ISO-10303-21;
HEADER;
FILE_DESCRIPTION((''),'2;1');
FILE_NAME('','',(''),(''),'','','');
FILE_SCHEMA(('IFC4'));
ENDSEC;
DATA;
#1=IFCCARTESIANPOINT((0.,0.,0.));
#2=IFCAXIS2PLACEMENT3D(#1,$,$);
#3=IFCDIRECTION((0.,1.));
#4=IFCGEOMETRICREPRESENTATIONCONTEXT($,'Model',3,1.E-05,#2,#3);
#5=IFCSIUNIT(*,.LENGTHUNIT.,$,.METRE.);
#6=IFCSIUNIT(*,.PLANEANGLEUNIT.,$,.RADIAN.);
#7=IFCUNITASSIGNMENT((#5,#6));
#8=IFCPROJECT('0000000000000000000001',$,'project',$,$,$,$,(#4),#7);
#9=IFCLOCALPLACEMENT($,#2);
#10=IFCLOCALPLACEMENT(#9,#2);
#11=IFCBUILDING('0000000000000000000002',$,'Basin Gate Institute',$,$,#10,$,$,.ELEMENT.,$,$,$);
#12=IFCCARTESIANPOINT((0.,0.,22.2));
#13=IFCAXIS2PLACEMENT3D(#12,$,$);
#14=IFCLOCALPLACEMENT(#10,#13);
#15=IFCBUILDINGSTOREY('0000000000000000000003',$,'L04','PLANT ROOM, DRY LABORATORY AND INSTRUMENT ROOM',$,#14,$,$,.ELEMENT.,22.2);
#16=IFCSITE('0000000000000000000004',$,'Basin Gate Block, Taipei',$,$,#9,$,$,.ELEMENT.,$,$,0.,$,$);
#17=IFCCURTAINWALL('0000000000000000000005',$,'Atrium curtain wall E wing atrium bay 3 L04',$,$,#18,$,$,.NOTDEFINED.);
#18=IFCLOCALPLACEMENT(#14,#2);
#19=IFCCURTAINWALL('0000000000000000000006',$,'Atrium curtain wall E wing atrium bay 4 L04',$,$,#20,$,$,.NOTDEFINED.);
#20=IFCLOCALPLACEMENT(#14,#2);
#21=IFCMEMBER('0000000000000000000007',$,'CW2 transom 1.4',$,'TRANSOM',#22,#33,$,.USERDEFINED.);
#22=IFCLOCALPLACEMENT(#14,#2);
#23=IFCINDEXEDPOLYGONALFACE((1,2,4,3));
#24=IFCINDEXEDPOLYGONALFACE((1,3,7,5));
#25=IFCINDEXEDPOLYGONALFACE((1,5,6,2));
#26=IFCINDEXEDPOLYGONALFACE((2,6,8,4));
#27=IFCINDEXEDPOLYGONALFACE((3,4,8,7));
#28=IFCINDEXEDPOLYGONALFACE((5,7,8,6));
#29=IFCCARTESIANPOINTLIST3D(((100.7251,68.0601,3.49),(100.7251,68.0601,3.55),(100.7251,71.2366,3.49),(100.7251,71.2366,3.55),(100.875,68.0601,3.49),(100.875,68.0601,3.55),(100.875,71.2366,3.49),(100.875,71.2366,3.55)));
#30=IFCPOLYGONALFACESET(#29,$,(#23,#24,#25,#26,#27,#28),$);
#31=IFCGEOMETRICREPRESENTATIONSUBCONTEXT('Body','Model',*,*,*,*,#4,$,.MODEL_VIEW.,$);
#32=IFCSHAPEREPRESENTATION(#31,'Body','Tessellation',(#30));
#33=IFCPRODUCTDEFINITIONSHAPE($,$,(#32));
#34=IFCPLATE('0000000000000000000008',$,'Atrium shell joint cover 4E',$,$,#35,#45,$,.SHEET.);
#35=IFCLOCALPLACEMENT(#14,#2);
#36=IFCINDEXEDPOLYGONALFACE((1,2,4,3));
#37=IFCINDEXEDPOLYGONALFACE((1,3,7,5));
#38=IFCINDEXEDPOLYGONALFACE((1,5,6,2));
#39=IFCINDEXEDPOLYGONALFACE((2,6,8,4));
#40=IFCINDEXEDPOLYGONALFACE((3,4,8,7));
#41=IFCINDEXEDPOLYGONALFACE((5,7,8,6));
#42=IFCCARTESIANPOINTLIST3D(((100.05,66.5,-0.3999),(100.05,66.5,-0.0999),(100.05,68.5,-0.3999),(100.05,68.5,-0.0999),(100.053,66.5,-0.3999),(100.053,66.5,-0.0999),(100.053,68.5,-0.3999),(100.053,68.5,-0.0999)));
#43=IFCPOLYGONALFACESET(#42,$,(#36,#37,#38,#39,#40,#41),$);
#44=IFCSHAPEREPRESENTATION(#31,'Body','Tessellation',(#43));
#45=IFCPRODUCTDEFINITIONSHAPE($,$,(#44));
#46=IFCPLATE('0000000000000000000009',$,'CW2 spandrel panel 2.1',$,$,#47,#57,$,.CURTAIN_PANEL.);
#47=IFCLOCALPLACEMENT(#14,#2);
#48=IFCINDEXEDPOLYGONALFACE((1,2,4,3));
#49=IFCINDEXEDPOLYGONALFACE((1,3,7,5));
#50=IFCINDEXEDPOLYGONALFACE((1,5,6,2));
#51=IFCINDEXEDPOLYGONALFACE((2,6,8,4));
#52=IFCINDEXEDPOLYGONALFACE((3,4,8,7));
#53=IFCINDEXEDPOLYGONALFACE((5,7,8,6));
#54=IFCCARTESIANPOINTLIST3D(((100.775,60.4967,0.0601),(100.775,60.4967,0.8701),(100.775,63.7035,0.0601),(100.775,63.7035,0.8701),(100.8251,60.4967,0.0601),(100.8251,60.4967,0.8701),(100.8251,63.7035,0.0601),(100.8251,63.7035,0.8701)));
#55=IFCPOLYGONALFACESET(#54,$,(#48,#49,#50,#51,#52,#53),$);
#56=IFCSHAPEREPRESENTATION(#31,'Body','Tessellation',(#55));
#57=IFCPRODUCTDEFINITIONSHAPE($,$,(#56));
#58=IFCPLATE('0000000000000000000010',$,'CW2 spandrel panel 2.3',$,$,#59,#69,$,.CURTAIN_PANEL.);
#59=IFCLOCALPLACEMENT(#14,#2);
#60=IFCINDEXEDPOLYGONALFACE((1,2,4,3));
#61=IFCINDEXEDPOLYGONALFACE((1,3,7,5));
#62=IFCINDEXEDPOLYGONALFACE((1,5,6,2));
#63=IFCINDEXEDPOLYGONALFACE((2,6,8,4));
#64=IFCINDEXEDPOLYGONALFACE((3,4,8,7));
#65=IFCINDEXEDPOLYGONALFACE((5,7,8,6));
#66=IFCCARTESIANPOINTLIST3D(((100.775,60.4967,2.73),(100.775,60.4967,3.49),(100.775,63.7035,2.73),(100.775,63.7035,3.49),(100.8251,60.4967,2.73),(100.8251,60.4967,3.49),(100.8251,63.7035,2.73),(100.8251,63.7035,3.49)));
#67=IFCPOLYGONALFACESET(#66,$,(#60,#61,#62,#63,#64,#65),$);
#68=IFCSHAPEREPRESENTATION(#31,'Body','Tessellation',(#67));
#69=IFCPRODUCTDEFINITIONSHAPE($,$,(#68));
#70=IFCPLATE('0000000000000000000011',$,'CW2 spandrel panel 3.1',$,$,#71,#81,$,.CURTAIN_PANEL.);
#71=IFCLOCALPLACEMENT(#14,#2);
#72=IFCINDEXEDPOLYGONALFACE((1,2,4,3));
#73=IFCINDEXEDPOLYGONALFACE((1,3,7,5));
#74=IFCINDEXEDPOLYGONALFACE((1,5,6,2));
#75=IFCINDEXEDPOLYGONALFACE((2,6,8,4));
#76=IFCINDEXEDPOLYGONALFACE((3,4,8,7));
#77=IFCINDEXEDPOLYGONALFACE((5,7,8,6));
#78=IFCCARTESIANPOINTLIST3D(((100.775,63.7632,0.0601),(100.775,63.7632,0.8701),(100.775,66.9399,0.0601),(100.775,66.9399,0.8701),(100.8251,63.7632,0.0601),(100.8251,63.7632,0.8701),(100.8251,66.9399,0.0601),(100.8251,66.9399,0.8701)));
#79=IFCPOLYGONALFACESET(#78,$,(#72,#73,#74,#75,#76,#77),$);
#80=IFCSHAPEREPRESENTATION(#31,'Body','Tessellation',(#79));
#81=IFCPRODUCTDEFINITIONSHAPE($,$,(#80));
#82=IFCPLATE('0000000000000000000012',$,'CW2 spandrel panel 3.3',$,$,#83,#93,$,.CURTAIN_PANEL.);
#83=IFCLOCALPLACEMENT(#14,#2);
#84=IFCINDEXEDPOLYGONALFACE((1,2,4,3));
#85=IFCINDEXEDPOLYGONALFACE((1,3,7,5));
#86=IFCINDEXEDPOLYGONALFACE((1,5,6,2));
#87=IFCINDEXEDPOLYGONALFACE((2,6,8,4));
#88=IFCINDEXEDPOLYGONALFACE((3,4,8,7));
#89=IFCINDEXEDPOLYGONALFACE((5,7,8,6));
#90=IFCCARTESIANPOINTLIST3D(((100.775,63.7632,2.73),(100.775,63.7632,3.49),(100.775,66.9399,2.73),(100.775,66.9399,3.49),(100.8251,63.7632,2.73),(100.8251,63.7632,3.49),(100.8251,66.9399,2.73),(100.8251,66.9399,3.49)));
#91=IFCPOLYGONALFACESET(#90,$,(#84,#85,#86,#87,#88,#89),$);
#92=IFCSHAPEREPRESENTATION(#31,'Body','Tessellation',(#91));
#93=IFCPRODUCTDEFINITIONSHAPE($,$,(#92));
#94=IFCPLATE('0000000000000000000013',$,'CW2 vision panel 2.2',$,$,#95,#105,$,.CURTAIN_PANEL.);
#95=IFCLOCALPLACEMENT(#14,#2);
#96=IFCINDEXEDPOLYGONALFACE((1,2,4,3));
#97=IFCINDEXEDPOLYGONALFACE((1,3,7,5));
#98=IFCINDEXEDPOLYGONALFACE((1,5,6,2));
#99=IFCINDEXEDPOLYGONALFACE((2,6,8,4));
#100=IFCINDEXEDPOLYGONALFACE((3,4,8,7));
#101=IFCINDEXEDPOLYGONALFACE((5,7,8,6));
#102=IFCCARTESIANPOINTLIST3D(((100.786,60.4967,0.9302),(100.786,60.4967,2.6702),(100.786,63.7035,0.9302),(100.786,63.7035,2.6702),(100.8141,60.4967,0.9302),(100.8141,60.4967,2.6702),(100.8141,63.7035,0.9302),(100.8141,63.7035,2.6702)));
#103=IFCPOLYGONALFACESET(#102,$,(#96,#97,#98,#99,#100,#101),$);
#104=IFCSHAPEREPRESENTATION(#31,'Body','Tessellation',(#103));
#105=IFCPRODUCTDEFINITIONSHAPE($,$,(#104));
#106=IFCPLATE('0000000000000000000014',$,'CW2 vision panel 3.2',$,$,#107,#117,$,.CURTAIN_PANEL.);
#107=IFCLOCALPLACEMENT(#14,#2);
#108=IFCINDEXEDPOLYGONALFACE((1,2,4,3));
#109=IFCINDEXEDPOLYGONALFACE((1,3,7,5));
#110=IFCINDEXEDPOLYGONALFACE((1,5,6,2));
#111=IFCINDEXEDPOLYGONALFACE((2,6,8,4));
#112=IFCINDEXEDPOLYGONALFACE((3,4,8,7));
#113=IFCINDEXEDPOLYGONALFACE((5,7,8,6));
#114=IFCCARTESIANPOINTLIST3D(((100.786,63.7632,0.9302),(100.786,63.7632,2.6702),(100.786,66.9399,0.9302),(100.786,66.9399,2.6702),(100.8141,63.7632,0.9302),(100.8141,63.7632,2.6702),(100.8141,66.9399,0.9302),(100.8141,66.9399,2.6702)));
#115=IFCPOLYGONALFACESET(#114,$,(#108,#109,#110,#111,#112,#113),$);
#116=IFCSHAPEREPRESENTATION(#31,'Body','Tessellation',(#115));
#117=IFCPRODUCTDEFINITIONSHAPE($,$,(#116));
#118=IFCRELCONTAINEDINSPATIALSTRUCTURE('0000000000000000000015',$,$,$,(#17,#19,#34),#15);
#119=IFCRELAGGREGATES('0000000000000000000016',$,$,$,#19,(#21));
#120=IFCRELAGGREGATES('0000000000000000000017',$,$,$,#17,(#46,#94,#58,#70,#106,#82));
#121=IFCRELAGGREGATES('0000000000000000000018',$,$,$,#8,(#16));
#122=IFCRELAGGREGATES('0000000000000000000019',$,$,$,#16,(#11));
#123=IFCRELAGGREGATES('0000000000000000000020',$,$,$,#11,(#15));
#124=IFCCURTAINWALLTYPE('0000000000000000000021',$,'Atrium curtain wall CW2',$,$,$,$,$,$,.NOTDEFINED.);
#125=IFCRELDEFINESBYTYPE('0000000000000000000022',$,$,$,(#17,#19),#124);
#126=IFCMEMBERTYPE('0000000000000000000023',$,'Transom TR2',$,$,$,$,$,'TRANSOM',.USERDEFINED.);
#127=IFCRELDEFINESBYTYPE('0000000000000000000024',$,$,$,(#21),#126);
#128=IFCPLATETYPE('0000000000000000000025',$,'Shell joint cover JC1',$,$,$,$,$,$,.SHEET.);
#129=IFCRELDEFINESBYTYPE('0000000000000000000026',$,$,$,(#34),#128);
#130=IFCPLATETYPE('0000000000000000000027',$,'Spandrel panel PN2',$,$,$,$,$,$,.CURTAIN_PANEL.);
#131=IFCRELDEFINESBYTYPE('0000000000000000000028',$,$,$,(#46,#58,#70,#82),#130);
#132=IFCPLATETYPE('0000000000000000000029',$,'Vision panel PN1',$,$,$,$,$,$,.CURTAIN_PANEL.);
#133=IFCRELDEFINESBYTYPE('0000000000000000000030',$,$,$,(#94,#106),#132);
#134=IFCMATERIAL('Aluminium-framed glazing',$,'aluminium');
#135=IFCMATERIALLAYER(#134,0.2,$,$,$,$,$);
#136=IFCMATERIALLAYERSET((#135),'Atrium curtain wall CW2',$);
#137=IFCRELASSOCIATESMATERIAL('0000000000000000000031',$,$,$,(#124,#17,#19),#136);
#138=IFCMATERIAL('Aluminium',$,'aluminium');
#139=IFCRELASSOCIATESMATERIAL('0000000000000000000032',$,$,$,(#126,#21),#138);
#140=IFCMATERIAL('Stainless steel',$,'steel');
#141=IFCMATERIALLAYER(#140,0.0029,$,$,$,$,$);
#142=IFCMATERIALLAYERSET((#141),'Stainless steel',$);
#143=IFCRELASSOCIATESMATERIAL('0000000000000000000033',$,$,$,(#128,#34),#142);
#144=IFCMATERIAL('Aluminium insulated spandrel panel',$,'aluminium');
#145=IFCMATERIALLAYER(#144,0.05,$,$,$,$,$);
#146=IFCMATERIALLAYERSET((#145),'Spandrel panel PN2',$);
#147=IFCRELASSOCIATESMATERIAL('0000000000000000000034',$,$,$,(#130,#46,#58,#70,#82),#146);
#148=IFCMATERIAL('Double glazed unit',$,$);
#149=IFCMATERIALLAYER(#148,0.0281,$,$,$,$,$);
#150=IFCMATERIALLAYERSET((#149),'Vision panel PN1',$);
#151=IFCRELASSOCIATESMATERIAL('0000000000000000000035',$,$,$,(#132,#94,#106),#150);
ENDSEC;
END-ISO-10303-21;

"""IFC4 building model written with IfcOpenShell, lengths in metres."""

from ifc_helpers import new_model, si_unit, direction, frame, origin, origin_2d, place, context, subcontext, project, spatial, rectangle, extrude, material, layer, layer_set, material_profile, profile_set, type_object, element, aggregate, save


model = new_model("IFC4")

# Units and contexts
model_context = context("Model", 3, precision=1e-05, world=origin(), true_north=direction((0.0, 1.0)))
body_context = subcontext(model_context, "Body", "Model", "MODEL_VIEW")
ifc_project = project(units=[si_unit("LENGTHUNIT", "METRE"), si_unit("PLANEANGLEUNIT", "RADIAN")], contexts=[model_context])

# Site, building, storey
site_placement = place(None, origin())
site = spatial("IfcSite", under=ifc_project, at=site_placement, Name="Basin Gate Block, Taipei", CompositionType="ELEMENT", RefElevation=0.0)
building_placement = place(site_placement, origin())
building = spatial("IfcBuilding", under=site, at=building_placement, Name="Basin Gate Institute", CompositionType="ELEMENT")
storey_placement = place(building_placement, frame((0.0, 0.0, 22.2)))
storey = spatial("IfcBuildingStorey", under=building, at=storey_placement, Name="L04", Description="PLANT ROOM, DRY LABORATORY AND INSTRUMENT ROOM", CompositionType="ELEMENT", Elevation=22.2)

# Curtain wall
ifc_material_1 = material(Name="Aluminium-framed glazing", Category="aluminium")
ifc_layer_1 = layer(ifc_material_1, 0.2)
ifc_layer_set_1 = layer_set([ifc_layer_1], Name="Atrium curtain wall CW2")
curtain_wall_type = type_object("IfcCurtainWallType", Name="Atrium curtain wall CW2", PredefinedType="NOTDEFINED", material=ifc_layer_set_1)
curtain_wall_1_placement = place(storey_placement, origin())
curtain_wall_1 = element("IfcCurtainWall", 1, at=curtain_wall_1_placement, inside=storey, type_object=curtain_wall_type, material=ifc_layer_set_1, Name="Atrium curtain wall E wing atrium bay 3 L04", PredefinedType="NOTDEFINED")

# Curtain wall
curtain_wall_2_placement = place(storey_placement, origin())
curtain_wall_2 = element("IfcCurtainWall", 2, at=curtain_wall_2_placement, inside=storey, type_object=curtain_wall_type, material=ifc_layer_set_1, Name="Atrium curtain wall E wing atrium bay 4 L04", PredefinedType="NOTDEFINED")

# Member
ifc_material_2 = material(Name="Aluminium", Category="aluminium")
ifc_material_profile_1 = material_profile(ifc_material_2, rectangle(XDim=0.1499, YDim=0.0601, at=origin_2d()), Name="Transom TR2 150 x 60")
ifc_profile_set_1 = profile_set([ifc_material_profile_1], Name="Aluminium")
member_type_1 = type_object("IfcMemberType", Name="Transom TR2", ElementType="TRANSOM", PredefinedType="USERDEFINED", material=ifc_profile_set_1)
member_1_placement = place(storey_placement, frame((100.8, 68.0601, 3.52), z_axis=(0.0, 1.0, 0.0), x_axis=(-1.0, 0.0, 0.0)))
member_1 = element("IfcMember", 3, at=member_1_placement, type_object=member_type_1, material=ifc_profile_set_1, Name="CW2 transom 1.4", ObjectType="TRANSOM", PredefinedType="USERDEFINED", context=body_context, shape_type="SweptSolid", body=[
    extrude(rectangle(XDim=0.1499, YDim=0.0601, at=origin_2d()), origin(), (0.0, 0.0, 1.0), 3.1765),
])
aggregate(curtain_wall_2, [member_1])

# Plates
ifc_material_3 = material(Name="Stainless steel", Category="steel")
ifc_layer_2 = layer(ifc_material_3, 0.0029)
ifc_layer_set_2 = layer_set([ifc_layer_2], Name="Stainless steel")
plate_type_1 = type_object("IfcPlateType", Name="Shell joint cover JC1", PredefinedType="SHEET", material=ifc_layer_set_2)
plate_1_placement = place(storey_placement, frame((100.0515, 67.5, -0.3999), z_axis=(0.0, 0.0, 1.0), x_axis=(1.0, 0.0, 0.0)))
element("IfcPlate", 4, at=plate_1_placement, inside=storey, type_object=plate_type_1, material=ifc_layer_set_2, Name="Atrium shell joint cover 4E", PredefinedType="SHEET", context=body_context, shape_type="SweptSolid", body=[
    extrude(rectangle(XDim=0.0029, YDim=2.0, at=origin_2d()), origin(), (0.0, 0.0, 1.0), 0.3),
])
ifc_material_4 = material(Name="Aluminium insulated spandrel panel", Category="aluminium")
ifc_layer_3 = layer(ifc_material_4, 0.05)
ifc_layer_set_3 = layer_set([ifc_layer_3], Name="Spandrel panel PN2")
plate_type_2 = type_object("IfcPlateType", Name="Spandrel panel PN2", PredefinedType="CURTAIN_PANEL", material=ifc_layer_set_3)
plate_2_placement = place(storey_placement, frame((100.8, 62.1001, 0.0601), z_axis=(0.0, 0.0, 1.0), x_axis=(0.0, 1.0, 0.0)))
plate_2 = element("IfcPlate", 5, at=plate_2_placement, type_object=plate_type_2, material=ifc_layer_set_3, Name="CW2 spandrel panel 2.1", PredefinedType="CURTAIN_PANEL", context=body_context, shape_type="SweptSolid", body=[
    extrude(rectangle(XDim=3.2068, YDim=0.05, at=origin_2d()), origin(), (0.0, 0.0, 1.0), 0.8101),
])
plate_3_placement = place(storey_placement, frame((100.8, 62.1001, 2.73), z_axis=(0.0, 0.0, 1.0), x_axis=(0.0, 1.0, 0.0)))
plate_3 = element("IfcPlate", 6, at=plate_3_placement, type_object=plate_type_2, material=ifc_layer_set_3, Name="CW2 spandrel panel 2.3", PredefinedType="CURTAIN_PANEL", context=body_context, shape_type="SweptSolid", body=[
    extrude(rectangle(XDim=3.2068, YDim=0.05, at=origin_2d()), origin(), (0.0, 0.0, 1.0), 0.76),
])
plate_4_placement = place(storey_placement, frame((100.8, 65.3516, 0.0601), z_axis=(0.0, 0.0, 1.0), x_axis=(0.0, 1.0, 0.0)))
plate_4 = element("IfcPlate", 7, at=plate_4_placement, type_object=plate_type_2, material=ifc_layer_set_3, Name="CW2 spandrel panel 3.1", PredefinedType="CURTAIN_PANEL", context=body_context, shape_type="SweptSolid", body=[
    extrude(rectangle(XDim=3.1768, YDim=0.05, at=origin_2d()), origin(), (0.0, 0.0, 1.0), 0.8101),
])
plate_5_placement = place(storey_placement, frame((100.8, 65.3516, 2.73), z_axis=(0.0, 0.0, 1.0), x_axis=(0.0, 1.0, 0.0)))
plate_5 = element("IfcPlate", 8, at=plate_5_placement, type_object=plate_type_2, material=ifc_layer_set_3, Name="CW2 spandrel panel 3.3", PredefinedType="CURTAIN_PANEL", context=body_context, shape_type="SweptSolid", body=[
    extrude(rectangle(XDim=3.1768, YDim=0.05, at=origin_2d()), origin(), (0.0, 0.0, 1.0), 0.76),
])
ifc_material_5 = material(Name="Double glazed unit")
ifc_layer_4 = layer(ifc_material_5, 0.0281)
ifc_layer_set_4 = layer_set([ifc_layer_4], Name="Vision panel PN1")
plate_type_3 = type_object("IfcPlateType", Name="Vision panel PN1", PredefinedType="CURTAIN_PANEL", material=ifc_layer_set_4)
plate_6_placement = place(storey_placement, frame((100.8, 62.1001, 0.9302), z_axis=(0.0, 0.0, 1.0), x_axis=(0.0, 1.0, 0.0)))
plate_6 = element("IfcPlate", 9, at=plate_6_placement, type_object=plate_type_3, material=ifc_layer_set_4, Name="CW2 vision panel 2.2", PredefinedType="CURTAIN_PANEL", context=body_context, shape_type="SweptSolid", body=[
    extrude(rectangle(XDim=3.2068, YDim=0.0281, at=origin_2d()), origin(), (0.0, 0.0, 1.0), 1.74),
])
plate_7_placement = place(storey_placement, frame((100.8, 65.3516, 0.9302), z_axis=(0.0, 0.0, 1.0), x_axis=(0.0, 1.0, 0.0)))
plate_7 = element("IfcPlate", 10, at=plate_7_placement, type_object=plate_type_3, material=ifc_layer_set_4, Name="CW2 vision panel 3.2", PredefinedType="CURTAIN_PANEL", context=body_context, shape_type="SweptSolid", body=[
    extrude(rectangle(XDim=3.1768, YDim=0.0281, at=origin_2d()), origin(), (0.0, 0.0, 1.0), 1.74),
])
aggregate(curtain_wall_1, [plate_2, plate_6, plate_3, plate_4, plate_7, plate_5])

save(model, "model.ifc")
